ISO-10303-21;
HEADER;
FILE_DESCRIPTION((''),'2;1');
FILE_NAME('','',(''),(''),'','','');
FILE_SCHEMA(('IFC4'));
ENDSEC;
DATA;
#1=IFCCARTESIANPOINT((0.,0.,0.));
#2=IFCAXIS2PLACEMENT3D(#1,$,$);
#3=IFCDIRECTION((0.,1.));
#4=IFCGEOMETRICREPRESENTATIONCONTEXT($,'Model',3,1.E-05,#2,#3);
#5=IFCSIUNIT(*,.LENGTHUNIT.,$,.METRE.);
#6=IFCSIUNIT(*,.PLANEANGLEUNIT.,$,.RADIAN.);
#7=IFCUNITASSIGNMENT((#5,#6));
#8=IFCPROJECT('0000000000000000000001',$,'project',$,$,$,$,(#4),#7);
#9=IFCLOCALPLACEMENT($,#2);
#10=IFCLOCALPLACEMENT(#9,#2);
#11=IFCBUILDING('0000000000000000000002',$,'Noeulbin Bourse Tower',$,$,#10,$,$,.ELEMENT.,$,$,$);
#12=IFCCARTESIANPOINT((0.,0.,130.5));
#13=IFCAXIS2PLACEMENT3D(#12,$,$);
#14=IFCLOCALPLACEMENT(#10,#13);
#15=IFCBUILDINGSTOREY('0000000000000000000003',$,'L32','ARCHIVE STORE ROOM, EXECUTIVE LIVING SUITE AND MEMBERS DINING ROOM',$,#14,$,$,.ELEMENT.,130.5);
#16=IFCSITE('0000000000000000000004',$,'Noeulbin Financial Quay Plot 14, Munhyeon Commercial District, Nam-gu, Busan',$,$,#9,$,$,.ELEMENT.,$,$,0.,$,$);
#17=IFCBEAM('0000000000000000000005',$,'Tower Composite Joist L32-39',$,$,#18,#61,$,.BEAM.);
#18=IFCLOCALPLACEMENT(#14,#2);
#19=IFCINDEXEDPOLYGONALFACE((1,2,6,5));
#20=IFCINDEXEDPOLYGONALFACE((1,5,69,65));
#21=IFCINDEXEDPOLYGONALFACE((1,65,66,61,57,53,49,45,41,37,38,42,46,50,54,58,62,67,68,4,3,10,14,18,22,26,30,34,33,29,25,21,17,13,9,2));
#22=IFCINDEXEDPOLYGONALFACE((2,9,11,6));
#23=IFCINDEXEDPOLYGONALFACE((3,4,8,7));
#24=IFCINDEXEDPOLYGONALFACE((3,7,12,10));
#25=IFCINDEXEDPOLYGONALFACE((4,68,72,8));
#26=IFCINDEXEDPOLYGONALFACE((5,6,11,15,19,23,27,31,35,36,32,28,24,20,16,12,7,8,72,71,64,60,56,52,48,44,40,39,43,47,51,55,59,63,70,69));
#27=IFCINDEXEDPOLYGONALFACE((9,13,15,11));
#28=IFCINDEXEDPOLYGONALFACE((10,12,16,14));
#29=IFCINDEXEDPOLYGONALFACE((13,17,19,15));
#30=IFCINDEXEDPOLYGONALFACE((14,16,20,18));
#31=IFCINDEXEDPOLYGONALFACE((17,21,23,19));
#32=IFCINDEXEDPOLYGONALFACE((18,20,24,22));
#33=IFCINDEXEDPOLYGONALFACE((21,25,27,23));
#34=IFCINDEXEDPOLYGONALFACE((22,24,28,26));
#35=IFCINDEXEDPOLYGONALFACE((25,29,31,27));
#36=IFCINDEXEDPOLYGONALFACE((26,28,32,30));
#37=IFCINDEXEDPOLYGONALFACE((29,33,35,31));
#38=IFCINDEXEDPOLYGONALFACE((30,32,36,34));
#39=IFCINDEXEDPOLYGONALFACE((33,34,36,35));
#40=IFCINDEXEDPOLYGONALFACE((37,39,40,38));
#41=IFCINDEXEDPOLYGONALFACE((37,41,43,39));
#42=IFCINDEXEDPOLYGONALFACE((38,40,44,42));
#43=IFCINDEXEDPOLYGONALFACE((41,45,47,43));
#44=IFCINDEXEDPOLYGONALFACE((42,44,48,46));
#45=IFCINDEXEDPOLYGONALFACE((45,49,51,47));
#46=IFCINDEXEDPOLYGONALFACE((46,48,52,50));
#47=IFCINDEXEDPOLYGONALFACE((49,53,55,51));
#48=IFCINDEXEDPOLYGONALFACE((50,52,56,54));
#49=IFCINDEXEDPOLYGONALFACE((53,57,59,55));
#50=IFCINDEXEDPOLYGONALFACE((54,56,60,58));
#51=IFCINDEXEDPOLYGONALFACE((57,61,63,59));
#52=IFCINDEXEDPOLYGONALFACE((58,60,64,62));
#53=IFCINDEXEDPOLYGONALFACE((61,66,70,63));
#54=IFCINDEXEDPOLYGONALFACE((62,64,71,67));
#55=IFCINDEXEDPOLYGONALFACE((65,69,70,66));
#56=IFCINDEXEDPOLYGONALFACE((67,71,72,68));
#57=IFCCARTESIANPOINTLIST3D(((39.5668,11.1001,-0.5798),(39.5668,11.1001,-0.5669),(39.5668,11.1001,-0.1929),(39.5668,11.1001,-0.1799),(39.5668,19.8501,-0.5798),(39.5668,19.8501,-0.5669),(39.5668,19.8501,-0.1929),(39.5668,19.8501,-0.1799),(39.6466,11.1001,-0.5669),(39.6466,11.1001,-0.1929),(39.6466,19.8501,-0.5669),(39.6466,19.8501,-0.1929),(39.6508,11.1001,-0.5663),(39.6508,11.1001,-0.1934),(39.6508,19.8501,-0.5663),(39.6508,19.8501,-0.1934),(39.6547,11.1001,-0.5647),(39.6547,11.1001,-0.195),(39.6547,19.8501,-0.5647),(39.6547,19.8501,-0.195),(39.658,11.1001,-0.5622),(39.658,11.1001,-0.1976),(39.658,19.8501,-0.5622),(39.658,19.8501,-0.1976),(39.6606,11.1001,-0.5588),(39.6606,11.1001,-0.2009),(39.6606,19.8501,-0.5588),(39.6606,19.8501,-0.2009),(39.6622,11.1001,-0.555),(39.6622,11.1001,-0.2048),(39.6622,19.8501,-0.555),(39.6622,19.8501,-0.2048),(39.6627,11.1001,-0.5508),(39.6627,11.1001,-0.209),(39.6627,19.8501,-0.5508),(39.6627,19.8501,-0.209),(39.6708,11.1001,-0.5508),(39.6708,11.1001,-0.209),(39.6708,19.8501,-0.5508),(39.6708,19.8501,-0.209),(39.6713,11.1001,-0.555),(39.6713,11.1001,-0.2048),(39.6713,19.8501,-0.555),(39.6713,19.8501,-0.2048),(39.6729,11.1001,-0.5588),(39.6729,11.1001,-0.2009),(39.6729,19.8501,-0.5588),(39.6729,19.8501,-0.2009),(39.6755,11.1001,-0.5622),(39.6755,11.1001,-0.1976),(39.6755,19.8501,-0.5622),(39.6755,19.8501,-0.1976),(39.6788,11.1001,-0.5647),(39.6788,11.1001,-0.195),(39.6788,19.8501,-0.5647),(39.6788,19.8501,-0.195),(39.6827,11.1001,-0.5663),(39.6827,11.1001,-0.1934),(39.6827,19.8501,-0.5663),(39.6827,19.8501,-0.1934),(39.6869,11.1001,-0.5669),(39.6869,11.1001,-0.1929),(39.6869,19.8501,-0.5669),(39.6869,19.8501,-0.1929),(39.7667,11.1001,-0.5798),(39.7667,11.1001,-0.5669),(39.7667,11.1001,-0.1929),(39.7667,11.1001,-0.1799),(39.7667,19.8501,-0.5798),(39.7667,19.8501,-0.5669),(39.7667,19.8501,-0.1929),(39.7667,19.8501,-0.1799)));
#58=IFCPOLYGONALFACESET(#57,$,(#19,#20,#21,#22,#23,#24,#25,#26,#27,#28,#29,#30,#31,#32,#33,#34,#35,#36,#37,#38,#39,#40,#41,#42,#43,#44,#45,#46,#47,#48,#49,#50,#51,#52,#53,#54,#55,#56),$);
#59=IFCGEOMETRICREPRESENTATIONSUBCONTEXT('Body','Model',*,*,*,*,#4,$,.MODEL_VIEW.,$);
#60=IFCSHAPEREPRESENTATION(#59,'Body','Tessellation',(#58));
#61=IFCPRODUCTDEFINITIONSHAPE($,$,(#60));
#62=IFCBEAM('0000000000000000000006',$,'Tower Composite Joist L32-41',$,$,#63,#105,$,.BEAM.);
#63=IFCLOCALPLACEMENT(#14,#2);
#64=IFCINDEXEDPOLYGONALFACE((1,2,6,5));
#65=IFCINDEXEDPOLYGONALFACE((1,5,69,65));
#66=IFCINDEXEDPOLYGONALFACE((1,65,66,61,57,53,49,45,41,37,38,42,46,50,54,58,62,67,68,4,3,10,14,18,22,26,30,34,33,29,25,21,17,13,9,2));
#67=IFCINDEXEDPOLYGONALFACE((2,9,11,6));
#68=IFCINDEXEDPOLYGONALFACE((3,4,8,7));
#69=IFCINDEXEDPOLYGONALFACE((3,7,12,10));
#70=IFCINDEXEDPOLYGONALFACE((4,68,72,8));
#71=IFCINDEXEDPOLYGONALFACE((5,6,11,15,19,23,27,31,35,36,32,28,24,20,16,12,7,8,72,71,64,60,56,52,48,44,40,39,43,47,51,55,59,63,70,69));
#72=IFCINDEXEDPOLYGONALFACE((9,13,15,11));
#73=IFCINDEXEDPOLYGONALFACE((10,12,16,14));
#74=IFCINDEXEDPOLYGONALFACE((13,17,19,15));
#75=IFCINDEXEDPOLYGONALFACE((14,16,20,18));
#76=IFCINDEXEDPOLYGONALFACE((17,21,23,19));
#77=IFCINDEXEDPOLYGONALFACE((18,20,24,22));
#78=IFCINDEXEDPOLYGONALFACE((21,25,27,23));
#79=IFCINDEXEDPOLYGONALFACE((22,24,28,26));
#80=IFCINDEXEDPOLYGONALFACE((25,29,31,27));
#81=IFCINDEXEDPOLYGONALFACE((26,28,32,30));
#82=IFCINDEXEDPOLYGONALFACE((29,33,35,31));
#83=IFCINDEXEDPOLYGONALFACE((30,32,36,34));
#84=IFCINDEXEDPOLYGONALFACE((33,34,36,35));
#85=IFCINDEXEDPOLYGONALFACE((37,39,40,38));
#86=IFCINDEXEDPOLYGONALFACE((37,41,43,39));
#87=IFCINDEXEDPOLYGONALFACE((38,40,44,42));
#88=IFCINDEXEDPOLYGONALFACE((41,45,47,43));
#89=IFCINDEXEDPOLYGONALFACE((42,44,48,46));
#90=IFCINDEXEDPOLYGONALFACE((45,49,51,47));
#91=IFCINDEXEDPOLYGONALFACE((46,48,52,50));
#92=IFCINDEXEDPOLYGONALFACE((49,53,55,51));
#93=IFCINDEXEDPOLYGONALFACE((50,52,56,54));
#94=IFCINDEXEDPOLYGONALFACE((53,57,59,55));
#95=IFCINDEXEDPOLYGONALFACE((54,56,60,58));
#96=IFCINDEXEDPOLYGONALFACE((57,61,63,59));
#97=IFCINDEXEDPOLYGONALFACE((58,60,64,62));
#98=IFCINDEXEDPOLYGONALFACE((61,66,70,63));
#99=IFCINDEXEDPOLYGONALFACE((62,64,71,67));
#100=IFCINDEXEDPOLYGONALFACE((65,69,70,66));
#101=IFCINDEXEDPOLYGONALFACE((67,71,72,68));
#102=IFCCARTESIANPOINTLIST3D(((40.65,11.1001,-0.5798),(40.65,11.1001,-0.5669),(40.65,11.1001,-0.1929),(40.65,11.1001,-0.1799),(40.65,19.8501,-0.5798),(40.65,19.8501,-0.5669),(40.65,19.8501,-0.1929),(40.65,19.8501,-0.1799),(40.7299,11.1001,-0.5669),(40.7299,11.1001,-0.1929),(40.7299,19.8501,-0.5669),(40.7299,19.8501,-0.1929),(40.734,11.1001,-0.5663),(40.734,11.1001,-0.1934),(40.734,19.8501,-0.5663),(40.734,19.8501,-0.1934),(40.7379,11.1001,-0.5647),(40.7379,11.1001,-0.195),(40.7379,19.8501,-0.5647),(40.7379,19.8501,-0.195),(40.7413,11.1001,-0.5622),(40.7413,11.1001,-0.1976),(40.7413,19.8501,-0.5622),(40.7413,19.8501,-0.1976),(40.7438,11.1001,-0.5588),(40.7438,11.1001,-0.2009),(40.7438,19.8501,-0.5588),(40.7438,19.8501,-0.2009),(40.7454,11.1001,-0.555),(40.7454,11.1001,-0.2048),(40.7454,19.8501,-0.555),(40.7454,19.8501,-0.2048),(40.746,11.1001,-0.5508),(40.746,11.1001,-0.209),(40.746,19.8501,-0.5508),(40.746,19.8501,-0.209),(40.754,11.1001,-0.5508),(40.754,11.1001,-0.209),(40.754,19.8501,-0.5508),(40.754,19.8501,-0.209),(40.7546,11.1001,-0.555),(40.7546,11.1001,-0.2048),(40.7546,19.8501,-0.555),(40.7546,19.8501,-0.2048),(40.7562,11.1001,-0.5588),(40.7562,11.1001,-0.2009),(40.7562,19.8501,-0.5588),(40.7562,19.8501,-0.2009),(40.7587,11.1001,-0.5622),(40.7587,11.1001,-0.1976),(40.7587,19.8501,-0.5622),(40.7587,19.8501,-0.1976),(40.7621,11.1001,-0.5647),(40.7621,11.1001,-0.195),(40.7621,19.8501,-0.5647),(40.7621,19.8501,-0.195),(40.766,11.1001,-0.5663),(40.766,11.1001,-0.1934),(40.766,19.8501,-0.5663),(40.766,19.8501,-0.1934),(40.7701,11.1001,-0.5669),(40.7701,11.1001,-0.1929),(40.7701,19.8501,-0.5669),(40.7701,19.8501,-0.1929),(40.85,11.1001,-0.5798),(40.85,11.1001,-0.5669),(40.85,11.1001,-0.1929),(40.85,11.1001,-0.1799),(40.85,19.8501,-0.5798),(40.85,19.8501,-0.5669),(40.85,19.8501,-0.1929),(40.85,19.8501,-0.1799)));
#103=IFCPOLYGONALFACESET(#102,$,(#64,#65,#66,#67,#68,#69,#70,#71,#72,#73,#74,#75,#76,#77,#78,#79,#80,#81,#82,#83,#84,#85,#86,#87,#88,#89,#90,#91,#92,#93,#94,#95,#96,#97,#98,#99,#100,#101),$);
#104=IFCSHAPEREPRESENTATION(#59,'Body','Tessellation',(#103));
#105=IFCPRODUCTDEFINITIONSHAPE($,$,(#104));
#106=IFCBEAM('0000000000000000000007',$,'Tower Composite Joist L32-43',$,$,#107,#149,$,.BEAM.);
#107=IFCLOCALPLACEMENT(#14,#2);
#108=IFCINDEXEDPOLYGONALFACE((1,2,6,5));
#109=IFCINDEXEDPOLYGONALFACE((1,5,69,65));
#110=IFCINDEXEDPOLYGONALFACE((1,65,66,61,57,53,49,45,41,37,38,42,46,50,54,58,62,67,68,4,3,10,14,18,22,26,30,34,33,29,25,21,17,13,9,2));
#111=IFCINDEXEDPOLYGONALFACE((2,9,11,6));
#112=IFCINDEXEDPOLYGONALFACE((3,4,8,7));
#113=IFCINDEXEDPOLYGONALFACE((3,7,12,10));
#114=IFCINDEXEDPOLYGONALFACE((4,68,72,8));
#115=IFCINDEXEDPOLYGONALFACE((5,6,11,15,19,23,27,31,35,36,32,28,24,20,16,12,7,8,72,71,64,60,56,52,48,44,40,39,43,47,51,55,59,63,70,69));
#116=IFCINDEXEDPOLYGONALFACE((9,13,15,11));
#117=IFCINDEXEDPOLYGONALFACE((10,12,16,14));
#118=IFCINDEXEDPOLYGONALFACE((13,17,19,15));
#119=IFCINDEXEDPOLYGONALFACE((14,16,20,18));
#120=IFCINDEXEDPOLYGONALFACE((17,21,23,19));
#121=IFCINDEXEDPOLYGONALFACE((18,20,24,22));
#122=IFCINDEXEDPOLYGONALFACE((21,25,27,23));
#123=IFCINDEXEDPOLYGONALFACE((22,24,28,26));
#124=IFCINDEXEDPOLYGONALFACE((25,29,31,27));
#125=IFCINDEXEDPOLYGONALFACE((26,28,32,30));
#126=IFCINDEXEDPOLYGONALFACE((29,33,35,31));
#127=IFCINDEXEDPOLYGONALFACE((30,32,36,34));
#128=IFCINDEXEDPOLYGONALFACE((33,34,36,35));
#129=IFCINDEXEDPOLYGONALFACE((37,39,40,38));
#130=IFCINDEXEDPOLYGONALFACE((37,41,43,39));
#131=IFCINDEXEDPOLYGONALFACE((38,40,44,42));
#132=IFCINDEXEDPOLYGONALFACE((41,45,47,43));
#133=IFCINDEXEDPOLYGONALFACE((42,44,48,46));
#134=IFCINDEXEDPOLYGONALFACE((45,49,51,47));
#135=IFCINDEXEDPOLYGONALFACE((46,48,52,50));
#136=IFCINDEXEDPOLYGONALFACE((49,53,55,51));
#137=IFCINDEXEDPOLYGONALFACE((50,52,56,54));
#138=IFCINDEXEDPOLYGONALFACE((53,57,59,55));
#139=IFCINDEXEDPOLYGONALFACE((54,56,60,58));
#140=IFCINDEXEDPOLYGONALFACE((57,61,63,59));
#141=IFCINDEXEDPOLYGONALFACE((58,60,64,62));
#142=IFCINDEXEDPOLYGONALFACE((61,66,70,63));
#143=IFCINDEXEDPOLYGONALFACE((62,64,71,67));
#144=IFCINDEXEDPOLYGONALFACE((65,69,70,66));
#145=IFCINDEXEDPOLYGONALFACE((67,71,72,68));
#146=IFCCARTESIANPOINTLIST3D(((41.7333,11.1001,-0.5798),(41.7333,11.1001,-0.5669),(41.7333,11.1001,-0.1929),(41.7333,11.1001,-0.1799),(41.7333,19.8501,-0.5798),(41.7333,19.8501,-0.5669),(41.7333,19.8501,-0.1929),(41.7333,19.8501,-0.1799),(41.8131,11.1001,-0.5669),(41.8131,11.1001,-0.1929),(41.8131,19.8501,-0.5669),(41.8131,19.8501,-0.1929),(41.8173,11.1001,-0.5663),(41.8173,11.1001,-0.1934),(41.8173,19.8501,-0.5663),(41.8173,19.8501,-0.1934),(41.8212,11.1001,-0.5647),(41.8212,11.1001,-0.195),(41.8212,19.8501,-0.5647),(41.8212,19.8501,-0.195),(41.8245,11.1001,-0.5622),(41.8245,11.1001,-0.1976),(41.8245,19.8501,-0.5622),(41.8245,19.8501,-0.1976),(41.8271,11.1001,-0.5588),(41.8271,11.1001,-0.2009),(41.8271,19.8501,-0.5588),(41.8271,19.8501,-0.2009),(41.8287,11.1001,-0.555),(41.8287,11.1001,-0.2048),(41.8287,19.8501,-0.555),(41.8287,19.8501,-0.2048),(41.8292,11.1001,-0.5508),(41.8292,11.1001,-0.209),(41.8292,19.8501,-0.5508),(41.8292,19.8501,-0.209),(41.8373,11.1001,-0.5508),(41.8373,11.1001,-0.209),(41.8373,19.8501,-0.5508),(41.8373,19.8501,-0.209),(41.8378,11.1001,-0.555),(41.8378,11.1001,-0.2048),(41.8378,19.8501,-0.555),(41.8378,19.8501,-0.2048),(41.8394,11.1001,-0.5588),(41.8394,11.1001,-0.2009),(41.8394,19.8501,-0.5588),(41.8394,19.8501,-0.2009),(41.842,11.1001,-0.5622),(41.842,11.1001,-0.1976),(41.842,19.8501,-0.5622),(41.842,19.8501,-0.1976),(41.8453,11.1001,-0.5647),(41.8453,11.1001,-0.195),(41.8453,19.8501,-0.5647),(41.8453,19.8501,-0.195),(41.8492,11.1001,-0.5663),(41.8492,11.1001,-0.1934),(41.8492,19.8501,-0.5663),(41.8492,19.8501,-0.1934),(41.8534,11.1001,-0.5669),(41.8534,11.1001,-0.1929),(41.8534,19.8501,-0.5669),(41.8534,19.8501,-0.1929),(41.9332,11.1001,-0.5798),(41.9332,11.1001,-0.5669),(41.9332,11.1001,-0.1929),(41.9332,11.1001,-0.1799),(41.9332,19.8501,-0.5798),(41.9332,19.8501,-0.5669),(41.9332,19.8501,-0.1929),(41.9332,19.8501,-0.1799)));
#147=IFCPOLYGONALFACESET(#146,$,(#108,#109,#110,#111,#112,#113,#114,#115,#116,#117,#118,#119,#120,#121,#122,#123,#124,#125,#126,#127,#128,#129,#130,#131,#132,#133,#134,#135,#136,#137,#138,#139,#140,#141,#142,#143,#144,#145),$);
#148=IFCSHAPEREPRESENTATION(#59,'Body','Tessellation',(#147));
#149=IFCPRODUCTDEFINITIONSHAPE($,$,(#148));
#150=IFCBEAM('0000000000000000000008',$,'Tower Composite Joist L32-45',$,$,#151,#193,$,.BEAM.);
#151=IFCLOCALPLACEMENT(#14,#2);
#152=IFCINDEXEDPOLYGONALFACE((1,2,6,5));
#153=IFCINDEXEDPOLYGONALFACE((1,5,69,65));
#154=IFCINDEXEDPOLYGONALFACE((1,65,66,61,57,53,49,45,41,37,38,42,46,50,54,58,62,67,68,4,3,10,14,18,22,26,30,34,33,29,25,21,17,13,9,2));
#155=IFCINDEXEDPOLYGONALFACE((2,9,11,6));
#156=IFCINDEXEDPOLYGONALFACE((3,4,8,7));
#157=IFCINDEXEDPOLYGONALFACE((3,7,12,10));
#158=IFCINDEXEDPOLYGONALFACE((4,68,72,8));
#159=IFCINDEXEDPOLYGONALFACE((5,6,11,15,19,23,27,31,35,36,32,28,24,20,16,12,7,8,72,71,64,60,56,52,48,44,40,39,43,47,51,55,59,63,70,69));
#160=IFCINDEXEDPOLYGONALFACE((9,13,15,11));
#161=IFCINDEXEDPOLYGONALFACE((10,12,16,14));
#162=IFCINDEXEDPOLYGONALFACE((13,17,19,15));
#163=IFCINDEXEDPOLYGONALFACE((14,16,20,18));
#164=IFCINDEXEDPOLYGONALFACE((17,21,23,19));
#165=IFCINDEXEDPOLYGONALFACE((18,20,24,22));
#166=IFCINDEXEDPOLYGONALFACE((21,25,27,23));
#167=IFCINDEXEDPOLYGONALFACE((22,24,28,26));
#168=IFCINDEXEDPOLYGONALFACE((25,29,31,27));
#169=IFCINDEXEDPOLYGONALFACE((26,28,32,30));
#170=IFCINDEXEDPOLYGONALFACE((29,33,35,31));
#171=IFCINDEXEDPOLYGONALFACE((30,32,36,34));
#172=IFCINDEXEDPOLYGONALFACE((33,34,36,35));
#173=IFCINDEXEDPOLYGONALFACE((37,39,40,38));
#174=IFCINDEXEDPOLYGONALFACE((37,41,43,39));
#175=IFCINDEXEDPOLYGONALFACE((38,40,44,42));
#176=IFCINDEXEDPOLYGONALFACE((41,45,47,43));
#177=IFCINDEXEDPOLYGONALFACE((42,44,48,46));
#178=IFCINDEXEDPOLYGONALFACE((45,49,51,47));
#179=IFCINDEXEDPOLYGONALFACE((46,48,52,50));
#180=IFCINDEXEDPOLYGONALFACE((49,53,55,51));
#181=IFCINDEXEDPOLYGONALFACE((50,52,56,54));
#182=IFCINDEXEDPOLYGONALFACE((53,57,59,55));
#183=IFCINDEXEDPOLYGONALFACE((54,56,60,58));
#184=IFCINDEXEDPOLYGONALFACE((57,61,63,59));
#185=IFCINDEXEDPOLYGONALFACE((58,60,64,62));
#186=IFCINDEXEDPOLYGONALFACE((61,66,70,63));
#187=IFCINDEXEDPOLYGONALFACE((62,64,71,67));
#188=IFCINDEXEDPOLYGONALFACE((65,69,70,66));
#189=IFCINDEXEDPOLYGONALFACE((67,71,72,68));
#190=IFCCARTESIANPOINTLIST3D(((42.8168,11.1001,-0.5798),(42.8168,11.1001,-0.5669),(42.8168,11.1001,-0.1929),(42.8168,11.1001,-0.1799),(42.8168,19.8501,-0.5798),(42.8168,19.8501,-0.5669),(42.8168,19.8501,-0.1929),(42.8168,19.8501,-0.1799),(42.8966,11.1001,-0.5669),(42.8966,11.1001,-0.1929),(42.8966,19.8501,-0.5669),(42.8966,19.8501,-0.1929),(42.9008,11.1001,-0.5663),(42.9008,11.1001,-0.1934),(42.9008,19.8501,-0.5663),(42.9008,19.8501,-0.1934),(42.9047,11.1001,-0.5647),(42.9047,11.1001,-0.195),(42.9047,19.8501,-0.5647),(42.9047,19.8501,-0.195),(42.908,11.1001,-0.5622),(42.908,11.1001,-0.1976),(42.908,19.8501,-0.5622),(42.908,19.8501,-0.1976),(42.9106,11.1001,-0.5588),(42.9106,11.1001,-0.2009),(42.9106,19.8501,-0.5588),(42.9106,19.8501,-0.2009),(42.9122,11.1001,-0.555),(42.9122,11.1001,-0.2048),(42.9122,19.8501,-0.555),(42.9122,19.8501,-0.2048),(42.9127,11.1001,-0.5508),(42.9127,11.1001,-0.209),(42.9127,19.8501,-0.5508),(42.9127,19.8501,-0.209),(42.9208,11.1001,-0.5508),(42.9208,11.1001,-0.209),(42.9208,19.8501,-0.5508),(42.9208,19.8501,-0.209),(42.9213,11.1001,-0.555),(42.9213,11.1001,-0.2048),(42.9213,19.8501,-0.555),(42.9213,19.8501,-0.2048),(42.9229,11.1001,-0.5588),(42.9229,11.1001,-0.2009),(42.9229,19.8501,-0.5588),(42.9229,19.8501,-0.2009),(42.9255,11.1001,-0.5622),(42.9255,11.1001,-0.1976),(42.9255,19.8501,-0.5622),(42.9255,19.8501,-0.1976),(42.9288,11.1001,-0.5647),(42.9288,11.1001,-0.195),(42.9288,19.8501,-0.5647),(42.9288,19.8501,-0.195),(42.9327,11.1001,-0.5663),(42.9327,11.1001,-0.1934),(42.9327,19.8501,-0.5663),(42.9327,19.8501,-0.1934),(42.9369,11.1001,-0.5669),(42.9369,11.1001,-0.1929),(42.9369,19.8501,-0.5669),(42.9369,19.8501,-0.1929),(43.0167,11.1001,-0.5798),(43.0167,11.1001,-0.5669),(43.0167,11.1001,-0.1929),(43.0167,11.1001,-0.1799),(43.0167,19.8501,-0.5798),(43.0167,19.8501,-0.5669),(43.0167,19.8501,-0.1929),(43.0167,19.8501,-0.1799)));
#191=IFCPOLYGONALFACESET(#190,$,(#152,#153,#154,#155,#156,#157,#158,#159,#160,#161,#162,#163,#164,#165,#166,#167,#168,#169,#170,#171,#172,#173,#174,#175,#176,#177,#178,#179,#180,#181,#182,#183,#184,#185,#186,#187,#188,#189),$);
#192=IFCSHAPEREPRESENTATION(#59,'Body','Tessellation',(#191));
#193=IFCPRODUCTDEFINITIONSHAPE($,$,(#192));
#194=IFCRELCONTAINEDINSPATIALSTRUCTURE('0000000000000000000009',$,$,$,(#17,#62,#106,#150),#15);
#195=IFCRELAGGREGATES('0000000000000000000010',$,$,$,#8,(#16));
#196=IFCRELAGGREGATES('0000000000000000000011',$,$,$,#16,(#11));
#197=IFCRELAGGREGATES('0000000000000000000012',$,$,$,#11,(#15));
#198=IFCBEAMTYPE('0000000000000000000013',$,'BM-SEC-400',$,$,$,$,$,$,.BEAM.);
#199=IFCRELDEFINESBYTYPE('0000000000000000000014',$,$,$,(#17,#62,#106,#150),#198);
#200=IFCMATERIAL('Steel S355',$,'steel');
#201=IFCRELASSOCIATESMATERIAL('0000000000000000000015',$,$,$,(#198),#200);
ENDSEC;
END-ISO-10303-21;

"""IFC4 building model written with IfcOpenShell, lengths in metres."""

from ifc_helpers import new_model, si_unit, direction, frame, origin, origin_2d, place, context, subcontext, project, spatial, i_section, extrude, material, material_profile, profile_set, type_object, element, save


model = new_model("IFC4")

# Units and contexts
model_context = context("Model", 3, precision=1e-05, world=origin(), true_north=direction((0.0, 1.0)))
body_context = subcontext(model_context, "Body", "Model", "MODEL_VIEW")
ifc_project = project(units=[si_unit("LENGTHUNIT", "METRE"), si_unit("PLANEANGLEUNIT", "RADIAN")], contexts=[model_context])

# Site, building, storey
site_placement = place(None, origin())
site = spatial("IfcSite", under=ifc_project, at=site_placement, Name="Noeulbin Financial Quay Plot 14, Munhyeon Commercial District, Nam-gu, Busan", CompositionType="ELEMENT", RefElevation=0.0)
building_placement = place(site_placement, origin())
building = spatial("IfcBuilding", under=site, at=building_placement, Name="Noeulbin Bourse Tower", CompositionType="ELEMENT")
storey_placement = place(building_placement, frame((0.0, 0.0, 130.5)))
storey = spatial("IfcBuildingStorey", under=building, at=storey_placement, Name="L32", Description="ARCHIVE STORE ROOM, EXECUTIVE LIVING SUITE AND MEMBERS DINING ROOM", CompositionType="ELEMENT", Elevation=130.5)

# Shared definitions
ifc_material_1 = material(Name="Steel S355", Category="steel")

# Beams
ifc_material_profile_1 = material_profile(ifc_material_1, i_section(OverallWidth=0.2, OverallDepth=0.3999, WebThickness=0.0081, FlangeThickness=0.0129, FilletRadius=0.0161, at=origin_2d()), Name="H-400x200x8x13", Category="LoadBearing")
ifc_profile_set_1 = profile_set([ifc_material_profile_1], Name="Steel S355")
beam_type_1 = type_object("IfcBeamType", Name="BM-SEC-400", PredefinedType="BEAM", material=ifc_profile_set_1)
for number, where, z_axis, x_axis, name in (
    (1, (39.6667, 11.1001, -0.3799), (0.0, 1.0, 0.0), (-1.0, 0.0, 0.0), "Tower Composite Joist L32-39"),
    (2, (40.75, 11.1001, -0.3799), (0.0, 1.0, 0.0), (-1.0, 0.0, 0.0), "Tower Composite Joist L32-41"),
    (3, (41.8333, 11.1001, -0.3799), (0.0, 1.0, 0.0), (-1.0, 0.0, 0.0), "Tower Composite Joist L32-43"),
    (4, (42.9167, 11.1001, -0.3799), (0.0, 1.0, 0.0), (-1.0, 0.0, 0.0), "Tower Composite Joist L32-45"),
):
    element("IfcBeam", number, at=place(storey_placement, frame(where, z_axis=z_axis, x_axis=x_axis)), inside=storey, type_object=beam_type_1, Name=name, PredefinedType="BEAM", context=body_context, shape_type="SweptSolid", body=[
        extrude(i_section(OverallWidth=0.2, OverallDepth=0.3999, WebThickness=0.0081, FlangeThickness=0.0129, FilletRadius=0.0161, at=origin_2d()), origin(), (0.0, 0.0, 1.0), 8.75),
    ])

save(model, "model.ifc")
